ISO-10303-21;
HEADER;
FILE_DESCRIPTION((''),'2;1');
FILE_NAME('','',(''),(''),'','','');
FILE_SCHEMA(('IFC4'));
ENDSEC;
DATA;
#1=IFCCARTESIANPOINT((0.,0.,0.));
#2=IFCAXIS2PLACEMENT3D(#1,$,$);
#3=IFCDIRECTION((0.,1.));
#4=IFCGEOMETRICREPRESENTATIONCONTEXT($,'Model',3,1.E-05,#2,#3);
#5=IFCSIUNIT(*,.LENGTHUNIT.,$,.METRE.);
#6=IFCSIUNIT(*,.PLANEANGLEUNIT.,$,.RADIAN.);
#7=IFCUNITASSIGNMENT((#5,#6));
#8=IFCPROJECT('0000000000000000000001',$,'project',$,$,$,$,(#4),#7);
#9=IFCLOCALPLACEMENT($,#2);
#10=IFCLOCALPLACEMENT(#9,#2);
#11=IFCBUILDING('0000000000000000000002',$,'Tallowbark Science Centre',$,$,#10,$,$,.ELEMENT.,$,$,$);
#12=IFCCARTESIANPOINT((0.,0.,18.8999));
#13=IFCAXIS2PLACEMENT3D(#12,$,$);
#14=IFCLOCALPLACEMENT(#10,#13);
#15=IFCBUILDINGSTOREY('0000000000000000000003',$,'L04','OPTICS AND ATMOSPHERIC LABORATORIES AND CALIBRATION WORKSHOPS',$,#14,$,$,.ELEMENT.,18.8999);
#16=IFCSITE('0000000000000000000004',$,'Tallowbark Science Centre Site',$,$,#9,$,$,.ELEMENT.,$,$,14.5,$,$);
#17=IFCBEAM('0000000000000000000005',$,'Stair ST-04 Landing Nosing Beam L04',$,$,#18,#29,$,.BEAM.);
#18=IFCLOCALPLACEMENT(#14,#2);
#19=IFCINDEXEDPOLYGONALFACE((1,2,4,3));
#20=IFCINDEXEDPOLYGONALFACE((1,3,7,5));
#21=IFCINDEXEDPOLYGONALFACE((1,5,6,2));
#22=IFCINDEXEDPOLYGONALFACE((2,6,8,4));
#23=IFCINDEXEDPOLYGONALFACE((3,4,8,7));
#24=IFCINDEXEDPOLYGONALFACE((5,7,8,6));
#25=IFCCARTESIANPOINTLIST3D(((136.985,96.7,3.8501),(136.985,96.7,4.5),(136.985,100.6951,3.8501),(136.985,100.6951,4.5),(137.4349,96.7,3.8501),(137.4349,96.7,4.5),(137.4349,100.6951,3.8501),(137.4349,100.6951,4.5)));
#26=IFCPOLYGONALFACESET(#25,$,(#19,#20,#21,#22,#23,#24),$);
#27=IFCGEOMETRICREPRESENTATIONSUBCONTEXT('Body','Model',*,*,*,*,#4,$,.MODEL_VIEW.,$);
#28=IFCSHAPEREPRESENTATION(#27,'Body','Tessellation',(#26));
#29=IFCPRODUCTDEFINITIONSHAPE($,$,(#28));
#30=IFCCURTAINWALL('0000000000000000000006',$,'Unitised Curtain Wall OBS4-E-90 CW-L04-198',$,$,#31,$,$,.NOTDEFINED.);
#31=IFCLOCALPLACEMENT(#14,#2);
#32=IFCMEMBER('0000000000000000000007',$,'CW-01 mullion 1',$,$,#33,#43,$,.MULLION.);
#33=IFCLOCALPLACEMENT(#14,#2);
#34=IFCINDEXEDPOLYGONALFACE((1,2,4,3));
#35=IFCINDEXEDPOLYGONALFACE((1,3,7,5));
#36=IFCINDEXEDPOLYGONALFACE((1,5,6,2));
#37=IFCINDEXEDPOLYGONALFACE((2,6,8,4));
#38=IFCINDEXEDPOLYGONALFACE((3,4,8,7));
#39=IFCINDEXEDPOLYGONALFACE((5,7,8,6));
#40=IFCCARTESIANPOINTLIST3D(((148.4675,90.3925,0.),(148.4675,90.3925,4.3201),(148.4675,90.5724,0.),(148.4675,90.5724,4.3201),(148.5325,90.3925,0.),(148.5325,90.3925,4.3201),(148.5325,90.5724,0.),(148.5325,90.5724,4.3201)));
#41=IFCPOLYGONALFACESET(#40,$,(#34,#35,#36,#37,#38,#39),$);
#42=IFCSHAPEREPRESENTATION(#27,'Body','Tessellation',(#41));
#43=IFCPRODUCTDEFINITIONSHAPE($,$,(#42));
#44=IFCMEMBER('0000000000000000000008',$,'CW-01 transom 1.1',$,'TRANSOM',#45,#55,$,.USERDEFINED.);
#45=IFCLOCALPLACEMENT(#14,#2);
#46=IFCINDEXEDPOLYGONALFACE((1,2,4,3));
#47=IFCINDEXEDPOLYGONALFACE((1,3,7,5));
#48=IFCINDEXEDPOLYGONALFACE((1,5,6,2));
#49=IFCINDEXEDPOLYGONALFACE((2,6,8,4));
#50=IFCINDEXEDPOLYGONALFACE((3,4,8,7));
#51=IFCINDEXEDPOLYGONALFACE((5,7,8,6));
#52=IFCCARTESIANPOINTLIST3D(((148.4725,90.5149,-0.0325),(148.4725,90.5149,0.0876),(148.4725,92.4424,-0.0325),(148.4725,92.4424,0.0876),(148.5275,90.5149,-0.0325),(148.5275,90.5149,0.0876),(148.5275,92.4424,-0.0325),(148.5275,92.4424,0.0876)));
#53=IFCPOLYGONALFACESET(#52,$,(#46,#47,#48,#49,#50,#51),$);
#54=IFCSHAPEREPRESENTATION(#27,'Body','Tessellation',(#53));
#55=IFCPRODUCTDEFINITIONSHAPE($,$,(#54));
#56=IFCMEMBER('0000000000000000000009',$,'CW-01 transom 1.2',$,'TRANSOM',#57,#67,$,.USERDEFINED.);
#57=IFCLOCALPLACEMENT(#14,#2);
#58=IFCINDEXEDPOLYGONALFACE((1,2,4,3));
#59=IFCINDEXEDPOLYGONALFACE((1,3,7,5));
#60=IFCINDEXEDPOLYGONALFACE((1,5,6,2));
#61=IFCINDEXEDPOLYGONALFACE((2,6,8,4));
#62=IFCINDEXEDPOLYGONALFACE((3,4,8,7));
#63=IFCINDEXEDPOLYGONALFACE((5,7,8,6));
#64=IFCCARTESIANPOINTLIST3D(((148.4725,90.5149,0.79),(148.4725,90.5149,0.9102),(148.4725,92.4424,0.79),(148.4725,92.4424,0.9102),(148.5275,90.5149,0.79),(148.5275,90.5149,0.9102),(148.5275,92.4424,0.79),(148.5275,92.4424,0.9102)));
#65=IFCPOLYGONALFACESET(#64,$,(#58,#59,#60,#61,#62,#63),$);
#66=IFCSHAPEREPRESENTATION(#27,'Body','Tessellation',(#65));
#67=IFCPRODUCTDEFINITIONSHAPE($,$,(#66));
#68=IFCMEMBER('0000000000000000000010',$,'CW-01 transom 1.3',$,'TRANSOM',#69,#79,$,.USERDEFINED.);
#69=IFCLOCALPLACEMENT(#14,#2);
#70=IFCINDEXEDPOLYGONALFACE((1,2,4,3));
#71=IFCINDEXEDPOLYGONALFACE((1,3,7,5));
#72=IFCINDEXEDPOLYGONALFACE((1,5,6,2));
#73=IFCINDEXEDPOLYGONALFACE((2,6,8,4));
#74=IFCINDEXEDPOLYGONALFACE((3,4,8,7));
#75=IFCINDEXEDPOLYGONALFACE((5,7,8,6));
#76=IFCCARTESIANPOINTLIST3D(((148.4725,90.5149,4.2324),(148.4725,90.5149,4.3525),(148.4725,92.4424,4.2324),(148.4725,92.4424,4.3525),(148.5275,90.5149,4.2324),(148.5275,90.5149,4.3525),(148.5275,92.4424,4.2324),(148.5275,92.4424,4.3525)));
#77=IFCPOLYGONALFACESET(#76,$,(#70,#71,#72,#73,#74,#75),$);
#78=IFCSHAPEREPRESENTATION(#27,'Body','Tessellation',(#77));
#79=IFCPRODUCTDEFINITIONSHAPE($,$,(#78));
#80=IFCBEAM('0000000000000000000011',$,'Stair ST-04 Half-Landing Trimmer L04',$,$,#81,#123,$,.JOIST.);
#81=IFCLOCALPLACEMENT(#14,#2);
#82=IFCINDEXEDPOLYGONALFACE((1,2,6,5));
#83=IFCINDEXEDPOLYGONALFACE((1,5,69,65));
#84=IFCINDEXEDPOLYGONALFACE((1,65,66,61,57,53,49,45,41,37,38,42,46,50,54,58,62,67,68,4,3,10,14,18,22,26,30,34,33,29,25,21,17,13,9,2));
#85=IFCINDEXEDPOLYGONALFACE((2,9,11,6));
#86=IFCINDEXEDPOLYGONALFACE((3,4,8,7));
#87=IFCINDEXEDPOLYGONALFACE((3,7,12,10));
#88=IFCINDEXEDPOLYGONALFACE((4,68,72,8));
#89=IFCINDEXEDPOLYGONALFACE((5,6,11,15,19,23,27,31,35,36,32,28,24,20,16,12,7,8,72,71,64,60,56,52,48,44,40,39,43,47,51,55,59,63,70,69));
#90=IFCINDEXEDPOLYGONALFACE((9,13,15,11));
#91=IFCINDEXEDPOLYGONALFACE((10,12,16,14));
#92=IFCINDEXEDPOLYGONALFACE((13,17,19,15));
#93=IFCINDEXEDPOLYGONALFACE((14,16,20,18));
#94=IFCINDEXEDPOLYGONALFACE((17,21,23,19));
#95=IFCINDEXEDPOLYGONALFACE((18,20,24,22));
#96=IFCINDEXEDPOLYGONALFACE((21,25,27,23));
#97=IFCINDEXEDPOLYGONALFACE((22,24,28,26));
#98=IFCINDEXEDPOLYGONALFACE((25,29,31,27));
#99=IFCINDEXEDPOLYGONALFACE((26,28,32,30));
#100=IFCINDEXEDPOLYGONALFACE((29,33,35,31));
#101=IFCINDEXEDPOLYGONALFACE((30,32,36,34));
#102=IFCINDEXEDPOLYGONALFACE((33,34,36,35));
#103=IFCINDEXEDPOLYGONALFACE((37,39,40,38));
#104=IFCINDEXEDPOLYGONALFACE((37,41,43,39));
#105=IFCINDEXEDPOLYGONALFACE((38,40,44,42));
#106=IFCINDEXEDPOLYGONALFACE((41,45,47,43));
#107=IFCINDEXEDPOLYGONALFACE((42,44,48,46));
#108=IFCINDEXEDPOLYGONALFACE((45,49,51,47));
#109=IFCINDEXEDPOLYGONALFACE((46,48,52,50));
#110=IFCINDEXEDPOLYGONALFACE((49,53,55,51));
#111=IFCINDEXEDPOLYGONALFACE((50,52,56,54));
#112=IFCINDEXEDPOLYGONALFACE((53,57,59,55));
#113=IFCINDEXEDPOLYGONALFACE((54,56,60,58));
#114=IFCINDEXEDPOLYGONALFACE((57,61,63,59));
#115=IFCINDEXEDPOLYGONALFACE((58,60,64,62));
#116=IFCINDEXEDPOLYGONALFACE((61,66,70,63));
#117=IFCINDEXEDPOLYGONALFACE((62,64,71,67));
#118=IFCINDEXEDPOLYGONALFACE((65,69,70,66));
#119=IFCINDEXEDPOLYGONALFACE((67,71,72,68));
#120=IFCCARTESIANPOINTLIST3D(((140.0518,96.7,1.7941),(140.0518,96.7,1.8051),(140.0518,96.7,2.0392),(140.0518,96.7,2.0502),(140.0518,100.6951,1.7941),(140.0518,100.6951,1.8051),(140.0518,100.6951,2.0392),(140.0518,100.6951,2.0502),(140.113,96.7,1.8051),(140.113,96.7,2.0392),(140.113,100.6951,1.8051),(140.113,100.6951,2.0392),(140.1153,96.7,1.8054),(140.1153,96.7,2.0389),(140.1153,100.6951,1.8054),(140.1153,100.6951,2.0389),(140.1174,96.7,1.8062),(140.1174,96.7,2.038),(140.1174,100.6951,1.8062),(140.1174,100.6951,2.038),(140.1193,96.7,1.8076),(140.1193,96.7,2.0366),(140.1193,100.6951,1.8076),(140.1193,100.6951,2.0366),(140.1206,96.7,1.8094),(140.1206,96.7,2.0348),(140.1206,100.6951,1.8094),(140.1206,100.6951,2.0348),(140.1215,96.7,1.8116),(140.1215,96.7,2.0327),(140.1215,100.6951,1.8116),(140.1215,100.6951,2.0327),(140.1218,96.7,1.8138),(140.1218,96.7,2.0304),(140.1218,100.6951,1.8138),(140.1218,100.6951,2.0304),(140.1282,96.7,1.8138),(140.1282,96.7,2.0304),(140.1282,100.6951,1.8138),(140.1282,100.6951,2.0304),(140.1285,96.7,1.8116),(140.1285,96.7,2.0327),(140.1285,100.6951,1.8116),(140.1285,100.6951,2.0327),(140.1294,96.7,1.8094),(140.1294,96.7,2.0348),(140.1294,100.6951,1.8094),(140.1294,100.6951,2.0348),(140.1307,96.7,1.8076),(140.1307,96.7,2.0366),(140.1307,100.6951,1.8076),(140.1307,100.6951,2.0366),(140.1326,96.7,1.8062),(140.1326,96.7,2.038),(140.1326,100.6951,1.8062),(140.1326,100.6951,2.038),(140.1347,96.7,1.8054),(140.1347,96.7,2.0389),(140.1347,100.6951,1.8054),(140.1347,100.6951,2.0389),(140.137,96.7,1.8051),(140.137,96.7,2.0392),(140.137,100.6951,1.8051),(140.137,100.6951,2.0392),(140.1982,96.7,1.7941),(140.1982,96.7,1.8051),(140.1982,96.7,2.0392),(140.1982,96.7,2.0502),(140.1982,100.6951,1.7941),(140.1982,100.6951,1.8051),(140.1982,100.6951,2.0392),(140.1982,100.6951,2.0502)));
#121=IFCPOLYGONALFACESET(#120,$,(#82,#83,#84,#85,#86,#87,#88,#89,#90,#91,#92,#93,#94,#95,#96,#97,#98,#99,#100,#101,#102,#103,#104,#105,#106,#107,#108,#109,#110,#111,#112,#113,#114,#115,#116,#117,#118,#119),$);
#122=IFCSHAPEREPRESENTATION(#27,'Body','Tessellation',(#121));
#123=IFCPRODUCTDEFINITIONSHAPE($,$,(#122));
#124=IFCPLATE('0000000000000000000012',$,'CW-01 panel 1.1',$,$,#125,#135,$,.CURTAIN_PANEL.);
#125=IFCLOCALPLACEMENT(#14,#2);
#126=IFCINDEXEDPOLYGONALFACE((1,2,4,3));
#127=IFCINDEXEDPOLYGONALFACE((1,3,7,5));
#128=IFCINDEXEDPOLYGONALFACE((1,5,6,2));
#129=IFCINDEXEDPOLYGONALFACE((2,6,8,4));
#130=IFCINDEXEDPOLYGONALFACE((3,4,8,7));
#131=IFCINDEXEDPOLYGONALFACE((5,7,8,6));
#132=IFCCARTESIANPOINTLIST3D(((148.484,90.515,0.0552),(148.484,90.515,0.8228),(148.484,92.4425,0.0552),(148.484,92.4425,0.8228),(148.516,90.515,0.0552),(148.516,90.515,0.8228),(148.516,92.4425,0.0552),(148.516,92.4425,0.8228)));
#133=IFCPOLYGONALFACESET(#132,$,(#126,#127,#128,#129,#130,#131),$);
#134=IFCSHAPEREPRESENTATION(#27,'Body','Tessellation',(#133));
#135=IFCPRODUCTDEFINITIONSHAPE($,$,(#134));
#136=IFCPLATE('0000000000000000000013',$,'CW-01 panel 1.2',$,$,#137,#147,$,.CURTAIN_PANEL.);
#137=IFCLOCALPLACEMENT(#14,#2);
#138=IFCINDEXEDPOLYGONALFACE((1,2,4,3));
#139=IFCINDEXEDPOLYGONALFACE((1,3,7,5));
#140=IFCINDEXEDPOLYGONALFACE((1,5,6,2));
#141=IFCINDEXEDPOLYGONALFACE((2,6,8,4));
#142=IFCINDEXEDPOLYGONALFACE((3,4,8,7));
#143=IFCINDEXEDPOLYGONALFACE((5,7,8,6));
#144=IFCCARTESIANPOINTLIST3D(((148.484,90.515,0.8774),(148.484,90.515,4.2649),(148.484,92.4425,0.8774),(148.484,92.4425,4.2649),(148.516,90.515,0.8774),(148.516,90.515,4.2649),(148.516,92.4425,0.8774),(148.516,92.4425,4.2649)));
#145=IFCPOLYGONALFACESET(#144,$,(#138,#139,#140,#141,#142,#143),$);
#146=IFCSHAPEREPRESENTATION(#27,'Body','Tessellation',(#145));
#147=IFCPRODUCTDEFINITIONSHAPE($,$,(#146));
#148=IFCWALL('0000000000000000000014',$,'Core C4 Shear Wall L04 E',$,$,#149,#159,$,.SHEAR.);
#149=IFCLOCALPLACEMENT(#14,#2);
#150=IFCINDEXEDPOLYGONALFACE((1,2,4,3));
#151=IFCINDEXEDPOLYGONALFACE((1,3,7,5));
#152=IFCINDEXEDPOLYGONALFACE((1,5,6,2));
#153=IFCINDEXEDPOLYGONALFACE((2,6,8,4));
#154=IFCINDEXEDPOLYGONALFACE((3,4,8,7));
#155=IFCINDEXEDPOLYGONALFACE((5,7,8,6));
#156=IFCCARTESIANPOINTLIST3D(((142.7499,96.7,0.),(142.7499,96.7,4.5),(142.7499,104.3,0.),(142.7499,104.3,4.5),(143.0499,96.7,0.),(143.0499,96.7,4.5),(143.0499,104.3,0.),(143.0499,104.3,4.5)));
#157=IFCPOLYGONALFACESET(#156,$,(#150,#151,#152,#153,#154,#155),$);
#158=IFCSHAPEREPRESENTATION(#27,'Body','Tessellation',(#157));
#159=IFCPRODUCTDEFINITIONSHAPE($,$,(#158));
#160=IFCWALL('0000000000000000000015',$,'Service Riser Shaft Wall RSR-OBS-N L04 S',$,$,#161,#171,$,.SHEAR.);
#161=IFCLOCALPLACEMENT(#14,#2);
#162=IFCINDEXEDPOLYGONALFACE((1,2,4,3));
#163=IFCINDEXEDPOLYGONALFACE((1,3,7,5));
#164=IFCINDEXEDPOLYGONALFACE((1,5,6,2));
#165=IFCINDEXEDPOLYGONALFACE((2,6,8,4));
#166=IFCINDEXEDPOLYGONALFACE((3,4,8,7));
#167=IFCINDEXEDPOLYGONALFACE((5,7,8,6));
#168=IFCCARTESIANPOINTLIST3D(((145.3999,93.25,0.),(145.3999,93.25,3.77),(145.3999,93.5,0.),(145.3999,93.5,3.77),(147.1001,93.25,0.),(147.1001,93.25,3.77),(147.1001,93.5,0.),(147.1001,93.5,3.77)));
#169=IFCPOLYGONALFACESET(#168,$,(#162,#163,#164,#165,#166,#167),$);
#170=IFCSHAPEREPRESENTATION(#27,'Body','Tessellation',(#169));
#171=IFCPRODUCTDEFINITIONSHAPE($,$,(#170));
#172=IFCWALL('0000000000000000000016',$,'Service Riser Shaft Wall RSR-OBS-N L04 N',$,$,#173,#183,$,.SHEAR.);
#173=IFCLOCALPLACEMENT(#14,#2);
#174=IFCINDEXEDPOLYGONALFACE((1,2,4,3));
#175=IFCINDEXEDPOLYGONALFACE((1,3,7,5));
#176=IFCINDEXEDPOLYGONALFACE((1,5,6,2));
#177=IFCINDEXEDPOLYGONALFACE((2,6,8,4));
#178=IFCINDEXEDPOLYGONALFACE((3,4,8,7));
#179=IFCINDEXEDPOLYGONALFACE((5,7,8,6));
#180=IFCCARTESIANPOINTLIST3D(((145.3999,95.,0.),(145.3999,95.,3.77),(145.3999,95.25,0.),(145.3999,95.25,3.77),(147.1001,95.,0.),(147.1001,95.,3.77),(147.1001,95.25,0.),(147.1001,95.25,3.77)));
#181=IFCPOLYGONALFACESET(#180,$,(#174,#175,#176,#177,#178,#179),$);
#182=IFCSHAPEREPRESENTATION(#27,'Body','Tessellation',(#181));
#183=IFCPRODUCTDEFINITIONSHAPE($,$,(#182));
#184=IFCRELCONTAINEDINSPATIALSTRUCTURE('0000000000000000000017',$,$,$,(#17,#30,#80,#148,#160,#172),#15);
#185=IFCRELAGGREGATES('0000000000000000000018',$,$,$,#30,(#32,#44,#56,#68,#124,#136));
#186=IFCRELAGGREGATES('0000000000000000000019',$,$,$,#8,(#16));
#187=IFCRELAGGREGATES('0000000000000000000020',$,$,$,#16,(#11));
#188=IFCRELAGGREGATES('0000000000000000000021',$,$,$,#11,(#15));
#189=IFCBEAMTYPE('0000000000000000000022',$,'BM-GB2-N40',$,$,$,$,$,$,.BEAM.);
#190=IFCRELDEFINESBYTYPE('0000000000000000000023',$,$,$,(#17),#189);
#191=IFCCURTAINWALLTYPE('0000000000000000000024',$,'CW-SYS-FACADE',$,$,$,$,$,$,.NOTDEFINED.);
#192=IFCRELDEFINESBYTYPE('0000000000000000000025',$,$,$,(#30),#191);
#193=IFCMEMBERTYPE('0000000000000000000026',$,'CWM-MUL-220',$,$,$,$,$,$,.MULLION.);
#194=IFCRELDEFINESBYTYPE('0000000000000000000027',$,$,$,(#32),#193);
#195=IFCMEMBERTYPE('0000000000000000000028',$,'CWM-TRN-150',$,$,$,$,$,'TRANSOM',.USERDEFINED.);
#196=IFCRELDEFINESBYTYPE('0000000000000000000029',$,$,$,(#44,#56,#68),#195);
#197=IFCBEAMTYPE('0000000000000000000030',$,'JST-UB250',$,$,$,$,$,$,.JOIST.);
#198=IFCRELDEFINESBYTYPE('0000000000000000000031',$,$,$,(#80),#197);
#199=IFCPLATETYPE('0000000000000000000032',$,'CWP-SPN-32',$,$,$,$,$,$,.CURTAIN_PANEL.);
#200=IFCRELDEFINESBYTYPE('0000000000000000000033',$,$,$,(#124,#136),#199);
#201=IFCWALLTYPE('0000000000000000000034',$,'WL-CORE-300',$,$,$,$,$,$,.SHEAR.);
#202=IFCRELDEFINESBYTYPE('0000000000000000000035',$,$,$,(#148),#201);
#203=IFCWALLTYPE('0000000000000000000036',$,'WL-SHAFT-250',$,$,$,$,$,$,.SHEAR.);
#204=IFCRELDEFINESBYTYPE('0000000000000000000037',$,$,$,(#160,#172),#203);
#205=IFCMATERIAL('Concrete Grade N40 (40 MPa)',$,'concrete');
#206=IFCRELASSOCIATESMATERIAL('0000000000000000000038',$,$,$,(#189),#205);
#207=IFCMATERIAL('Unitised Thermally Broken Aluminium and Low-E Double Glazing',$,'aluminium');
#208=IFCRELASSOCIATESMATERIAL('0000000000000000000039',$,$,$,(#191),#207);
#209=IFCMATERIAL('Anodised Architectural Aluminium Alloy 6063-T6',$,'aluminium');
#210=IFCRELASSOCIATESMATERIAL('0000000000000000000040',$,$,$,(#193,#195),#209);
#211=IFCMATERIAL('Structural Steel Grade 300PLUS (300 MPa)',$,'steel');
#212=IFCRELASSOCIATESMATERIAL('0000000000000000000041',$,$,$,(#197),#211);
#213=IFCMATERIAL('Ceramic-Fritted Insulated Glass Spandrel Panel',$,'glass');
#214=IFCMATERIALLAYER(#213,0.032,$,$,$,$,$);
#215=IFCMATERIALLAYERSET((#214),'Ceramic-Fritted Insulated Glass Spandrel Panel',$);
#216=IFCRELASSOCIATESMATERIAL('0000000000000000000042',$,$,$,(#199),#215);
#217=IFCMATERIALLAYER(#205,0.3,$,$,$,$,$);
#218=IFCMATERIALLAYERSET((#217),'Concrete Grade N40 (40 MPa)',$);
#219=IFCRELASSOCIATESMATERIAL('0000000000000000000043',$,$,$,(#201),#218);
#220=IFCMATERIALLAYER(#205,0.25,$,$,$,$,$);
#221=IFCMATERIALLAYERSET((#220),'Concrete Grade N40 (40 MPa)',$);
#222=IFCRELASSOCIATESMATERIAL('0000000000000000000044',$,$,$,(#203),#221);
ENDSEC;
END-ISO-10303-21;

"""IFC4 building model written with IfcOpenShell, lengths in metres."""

from ifc_helpers import new_model, si_unit, direction, frame, frame_2d, origin, origin_2d, place, context, subcontext, project, spatial, rectangle, i_section, extrude, material, layer, layer_set, material_profile, profile_set, type_object, element, aggregate, save


model = new_model("IFC4")

# Units and contexts
model_context = context("Model", 3, precision=1e-05, world=origin(), true_north=direction((0.0, 1.0)))
body_context = subcontext(model_context, "Body", "Model", "MODEL_VIEW")
ifc_project = project(units=[si_unit("LENGTHUNIT", "METRE"), si_unit("PLANEANGLEUNIT", "RADIAN")], contexts=[model_context])

# Site, building, storey
site_placement = place(None, origin())
site = spatial("IfcSite", under=ifc_project, at=site_placement, Name="Tallowbark Science Centre Site", CompositionType="ELEMENT", RefElevation=14.5)
building_placement = place(site_placement, origin())
building = spatial("IfcBuilding", under=site, at=building_placement, Name="Tallowbark Science Centre", CompositionType="ELEMENT")
storey_placement = place(building_placement, frame((0.0, 0.0, 18.8999)))
storey = spatial("IfcBuildingStorey", under=building, at=storey_placement, Name="L04", Description="OPTICS AND ATMOSPHERIC LABORATORIES AND CALIBRATION WORKSHOPS", CompositionType="ELEMENT", Elevation=18.8999)

# Beam
ifc_material_1 = material(Name="Concrete Grade N40 (40 MPa)", Category="concrete")
ifc_material_profile_1 = material_profile(ifc_material_1, rectangle(XDim=0.45, YDim=0.6499, at=origin_2d()), Name="RC450x650")
ifc_profile_set_1 = profile_set([ifc_material_profile_1], Name="Concrete Grade N40 (40 MPa)")
beam_type_1 = type_object("IfcBeamType", Name="BM-GB2-N40", PredefinedType="BEAM", material=ifc_profile_set_1)
beam_1_placement = place(storey_placement, frame((137.21, 96.7, 4.175), z_axis=(0.0, 1.0, 0.0), x_axis=(-1.0, 0.0, 0.0)))
element("IfcBeam", 1, at=beam_1_placement, inside=storey, type_object=beam_type_1, Name="Stair ST-04 Landing Nosing Beam L04", PredefinedType="BEAM", context=body_context, shape_type="SweptSolid", body=[
    extrude(rectangle(XDim=0.45, YDim=0.6499, at=origin_2d()), origin(), (0.0, 0.0, 1.0), 3.9951),
])

# Curtain wall, members
ifc_material_2 = material(Name="Unitised Thermally Broken Aluminium and Low-E Double Glazing", Category="aluminium")
curtain_wall_type = type_object("IfcCurtainWallType", Name="CW-SYS-FACADE", PredefinedType="NOTDEFINED", material=ifc_material_2)
curtain_wall_placement = place(storey_placement, origin())
curtain_wall = element("IfcCurtainWall", 2, at=curtain_wall_placement, inside=storey, type_object=curtain_wall_type, Name="Unitised Curtain Wall OBS4-E-90 CW-L04-198", PredefinedType="NOTDEFINED")
ifc_material_3 = material(Name="Anodised Architectural Aluminium Alloy 6063-T6", Category="aluminium")
ifc_material_profile_2 = material_profile(ifc_material_3, rectangle(XDim=0.0649, YDim=0.1799, at=origin_2d()), Name="ALU65x180")
ifc_profile_set_2 = profile_set([ifc_material_profile_2], Name="Anodised Architectural Aluminium Alloy 6063-T6")
member_type_1 = type_object("IfcMemberType", Name="CWM-MUL-220", PredefinedType="MULLION", material=ifc_profile_set_2)
member_1_placement = place(storey_placement, frame((148.5, 90.4824, 0.0), z_axis=(0.0, 0.0, 1.0), x_axis=(-1.0, 0.0, 0.0)))
member_1 = element("IfcMember", 3, at=member_1_placement, type_object=member_type_1, Name="CW-01 mullion 1", PredefinedType="MULLION", context=body_context, shape_type="SweptSolid", body=[
    extrude(rectangle(XDim=0.0649, YDim=0.1799, at=origin_2d()), origin(), (0.0, 0.0, 1.0), 4.3201),
])
ifc_material_profile_3 = material_profile(ifc_material_3, rectangle(XDim=0.0549, YDim=0.1201, at=origin_2d()), Name="ALU55x120")
ifc_profile_set_3 = profile_set([ifc_material_profile_3], Name="Anodised Architectural Aluminium Alloy 6063-T6")
member_type_2 = type_object("IfcMemberType", Name="CWM-TRN-150", ElementType="TRANSOM", PredefinedType="USERDEFINED", material=ifc_profile_set_3)
member_2_placement = place(storey_placement, frame((148.5, 90.5149, 0.0276), z_axis=(0.0, 1.0, 0.0), x_axis=(-1.0, 0.0, 0.0)))
member_2 = element("IfcMember", 4, at=member_2_placement, type_object=member_type_2, Name="CW-01 transom 1.1", ObjectType="TRANSOM", PredefinedType="USERDEFINED", context=body_context, shape_type="SweptSolid", body=[
    extrude(rectangle(XDim=0.0549, YDim=0.1201, at=origin_2d()), origin(), (0.0, 0.0, 1.0), 1.9275),
])
member_3_placement = place(storey_placement, frame((148.5, 90.5149, 0.8501), z_axis=(0.0, 1.0, 0.0), x_axis=(-1.0, 0.0, 0.0)))
member_3 = element("IfcMember", 5, at=member_3_placement, type_object=member_type_2, Name="CW-01 transom 1.2", ObjectType="TRANSOM", PredefinedType="USERDEFINED", context=body_context, shape_type="SweptSolid", body=[
    extrude(rectangle(XDim=0.0549, YDim=0.1201, at=origin_2d()), origin(), (0.0, 0.0, 1.0), 1.9275),
])
member_4_placement = place(storey_placement, frame((148.5, 90.5149, 4.2925), z_axis=(0.0, 1.0, 0.0), x_axis=(-1.0, 0.0, 0.0)))
member_4 = element("IfcMember", 6, at=member_4_placement, type_object=member_type_2, Name="CW-01 transom 1.3", ObjectType="TRANSOM", PredefinedType="USERDEFINED", context=body_context, shape_type="SweptSolid", body=[
    extrude(rectangle(XDim=0.0549, YDim=0.1201, at=origin_2d()), origin(), (0.0, 0.0, 1.0), 1.9275),
])

# Beam
ifc_material_4 = material(Name="Structural Steel Grade 300PLUS (300 MPa)", Category="steel")
ifc_material_profile_4 = material_profile(ifc_material_4, i_section(OverallWidth=0.1465, OverallDepth=0.2561, WebThickness=0.0063, FlangeThickness=0.011, FilletRadius=0.0088, at=origin_2d()), Name="250UB37.3")
ifc_profile_set_4 = profile_set([ifc_material_profile_4], Name="Structural Steel Grade 300PLUS (300 MPa)")
beam_type_2 = type_object("IfcBeamType", Name="JST-UB250", PredefinedType="JOIST", material=ifc_profile_set_4)
beam_2_placement = place(storey_placement, frame((140.125, 96.7, 1.9221), z_axis=(0.0, 1.0, 0.0), x_axis=(-1.0, 0.0, 0.0)))
element("IfcBeam", 7, at=beam_2_placement, inside=storey, type_object=beam_type_2, Name="Stair ST-04 Half-Landing Trimmer L04", PredefinedType="JOIST", context=body_context, shape_type="SweptSolid", body=[
    extrude(i_section(OverallWidth=0.1465, OverallDepth=0.2561, WebThickness=0.0063, FlangeThickness=0.011, FilletRadius=0.0088, at=origin_2d()), origin(), (0.0, 0.0, 1.0), 3.9951),
])

# Plates
ifc_material_5 = material(Name="Ceramic-Fritted Insulated Glass Spandrel Panel", Category="glass")
ifc_layer_1 = layer(ifc_material_5, 0.032)
ifc_layer_set_1 = layer_set([ifc_layer_1], Name="Ceramic-Fritted Insulated Glass Spandrel Panel")
plate_type = type_object("IfcPlateType", Name="CWP-SPN-32", PredefinedType="CURTAIN_PANEL", material=ifc_layer_set_1)
plate_1_placement = place(storey_placement, frame((148.5, 91.4788, 0.0552), z_axis=(0.0, 0.0, 1.0), x_axis=(0.0, 1.0, 0.0)))
plate_1 = element("IfcPlate", 8, at=plate_1_placement, type_object=plate_type, Name="CW-01 panel 1.1", PredefinedType="CURTAIN_PANEL", context=body_context, shape_type="SweptSolid", body=[
    extrude(rectangle(XDim=1.9275, YDim=0.032, at=origin_2d()), origin(), (0.0, 0.0, 1.0), 0.7676),
])
plate_2_placement = place(storey_placement, frame((148.5, 91.4788, 0.8774), z_axis=(0.0, 0.0, 1.0), x_axis=(0.0, 1.0, 0.0)))
plate_2 = element("IfcPlate", 9, at=plate_2_placement, type_object=plate_type, Name="CW-01 panel 1.2", PredefinedType="CURTAIN_PANEL", context=body_context, shape_type="SweptSolid", body=[
    extrude(rectangle(XDim=1.9275, YDim=0.032, at=origin_2d()), origin(), (0.0, 0.0, 1.0), 3.3875),
])
aggregate(curtain_wall, [member_1, member_2, member_3, member_4, plate_1, plate_2])

# Walls
ifc_layer_2 = layer(ifc_material_1, 0.3)
ifc_layer_set_2 = layer_set([ifc_layer_2], Name="Concrete Grade N40 (40 MPa)")
wall_type_1 = type_object("IfcWallType", Name="WL-CORE-300", PredefinedType="SHEAR", material=ifc_layer_set_2)
wall_1_placement = place(storey_placement, frame((142.8999, 96.7, 0.0), z_axis=(0.0, 0.0, 1.0), x_axis=(0.0, 1.0, 0.0)))
element("IfcWall", 10, at=wall_1_placement, inside=storey, type_object=wall_type_1, Name="Core C4 Shear Wall L04 E", PredefinedType="SHEAR", context=body_context, shape_type="SweptSolid", body=[
    extrude(rectangle(XDim=7.6001, YDim=0.3, at=frame_2d((3.8, 0.0))), origin(), (0.0, 0.0, 1.0), 4.5),
])
ifc_layer_3 = layer(ifc_material_1, 0.25)
ifc_layer_set_3 = layer_set([ifc_layer_3], Name="Concrete Grade N40 (40 MPa)")
wall_type_2 = type_object("IfcWallType", Name="WL-SHAFT-250", PredefinedType="SHEAR", material=ifc_layer_set_3)
for number, where, z_axis, x_axis, name in (
    (11, (145.3999, 93.375, 0.0), (0.0, 0.0, 1.0), (1.0, 0.0, 0.0), "Service Riser Shaft Wall RSR-OBS-N L04 S"),
    (12, (145.3999, 95.125, 0.0), (0.0, 0.0, 1.0), (1.0, 0.0, 0.0), "Service Riser Shaft Wall RSR-OBS-N L04 N"),
):
    element("IfcWall", number, at=place(storey_placement, frame(where, z_axis=z_axis, x_axis=x_axis)), inside=storey, type_object=wall_type_2, Name=name, PredefinedType="SHEAR", context=body_context, shape_type="SweptSolid", body=[
        extrude(rectangle(XDim=1.7002, YDim=0.25, at=frame_2d((0.8501, 0.0))), origin(), (0.0, 0.0, 1.0), 3.77),
    ])

save(model, "model.ifc")
